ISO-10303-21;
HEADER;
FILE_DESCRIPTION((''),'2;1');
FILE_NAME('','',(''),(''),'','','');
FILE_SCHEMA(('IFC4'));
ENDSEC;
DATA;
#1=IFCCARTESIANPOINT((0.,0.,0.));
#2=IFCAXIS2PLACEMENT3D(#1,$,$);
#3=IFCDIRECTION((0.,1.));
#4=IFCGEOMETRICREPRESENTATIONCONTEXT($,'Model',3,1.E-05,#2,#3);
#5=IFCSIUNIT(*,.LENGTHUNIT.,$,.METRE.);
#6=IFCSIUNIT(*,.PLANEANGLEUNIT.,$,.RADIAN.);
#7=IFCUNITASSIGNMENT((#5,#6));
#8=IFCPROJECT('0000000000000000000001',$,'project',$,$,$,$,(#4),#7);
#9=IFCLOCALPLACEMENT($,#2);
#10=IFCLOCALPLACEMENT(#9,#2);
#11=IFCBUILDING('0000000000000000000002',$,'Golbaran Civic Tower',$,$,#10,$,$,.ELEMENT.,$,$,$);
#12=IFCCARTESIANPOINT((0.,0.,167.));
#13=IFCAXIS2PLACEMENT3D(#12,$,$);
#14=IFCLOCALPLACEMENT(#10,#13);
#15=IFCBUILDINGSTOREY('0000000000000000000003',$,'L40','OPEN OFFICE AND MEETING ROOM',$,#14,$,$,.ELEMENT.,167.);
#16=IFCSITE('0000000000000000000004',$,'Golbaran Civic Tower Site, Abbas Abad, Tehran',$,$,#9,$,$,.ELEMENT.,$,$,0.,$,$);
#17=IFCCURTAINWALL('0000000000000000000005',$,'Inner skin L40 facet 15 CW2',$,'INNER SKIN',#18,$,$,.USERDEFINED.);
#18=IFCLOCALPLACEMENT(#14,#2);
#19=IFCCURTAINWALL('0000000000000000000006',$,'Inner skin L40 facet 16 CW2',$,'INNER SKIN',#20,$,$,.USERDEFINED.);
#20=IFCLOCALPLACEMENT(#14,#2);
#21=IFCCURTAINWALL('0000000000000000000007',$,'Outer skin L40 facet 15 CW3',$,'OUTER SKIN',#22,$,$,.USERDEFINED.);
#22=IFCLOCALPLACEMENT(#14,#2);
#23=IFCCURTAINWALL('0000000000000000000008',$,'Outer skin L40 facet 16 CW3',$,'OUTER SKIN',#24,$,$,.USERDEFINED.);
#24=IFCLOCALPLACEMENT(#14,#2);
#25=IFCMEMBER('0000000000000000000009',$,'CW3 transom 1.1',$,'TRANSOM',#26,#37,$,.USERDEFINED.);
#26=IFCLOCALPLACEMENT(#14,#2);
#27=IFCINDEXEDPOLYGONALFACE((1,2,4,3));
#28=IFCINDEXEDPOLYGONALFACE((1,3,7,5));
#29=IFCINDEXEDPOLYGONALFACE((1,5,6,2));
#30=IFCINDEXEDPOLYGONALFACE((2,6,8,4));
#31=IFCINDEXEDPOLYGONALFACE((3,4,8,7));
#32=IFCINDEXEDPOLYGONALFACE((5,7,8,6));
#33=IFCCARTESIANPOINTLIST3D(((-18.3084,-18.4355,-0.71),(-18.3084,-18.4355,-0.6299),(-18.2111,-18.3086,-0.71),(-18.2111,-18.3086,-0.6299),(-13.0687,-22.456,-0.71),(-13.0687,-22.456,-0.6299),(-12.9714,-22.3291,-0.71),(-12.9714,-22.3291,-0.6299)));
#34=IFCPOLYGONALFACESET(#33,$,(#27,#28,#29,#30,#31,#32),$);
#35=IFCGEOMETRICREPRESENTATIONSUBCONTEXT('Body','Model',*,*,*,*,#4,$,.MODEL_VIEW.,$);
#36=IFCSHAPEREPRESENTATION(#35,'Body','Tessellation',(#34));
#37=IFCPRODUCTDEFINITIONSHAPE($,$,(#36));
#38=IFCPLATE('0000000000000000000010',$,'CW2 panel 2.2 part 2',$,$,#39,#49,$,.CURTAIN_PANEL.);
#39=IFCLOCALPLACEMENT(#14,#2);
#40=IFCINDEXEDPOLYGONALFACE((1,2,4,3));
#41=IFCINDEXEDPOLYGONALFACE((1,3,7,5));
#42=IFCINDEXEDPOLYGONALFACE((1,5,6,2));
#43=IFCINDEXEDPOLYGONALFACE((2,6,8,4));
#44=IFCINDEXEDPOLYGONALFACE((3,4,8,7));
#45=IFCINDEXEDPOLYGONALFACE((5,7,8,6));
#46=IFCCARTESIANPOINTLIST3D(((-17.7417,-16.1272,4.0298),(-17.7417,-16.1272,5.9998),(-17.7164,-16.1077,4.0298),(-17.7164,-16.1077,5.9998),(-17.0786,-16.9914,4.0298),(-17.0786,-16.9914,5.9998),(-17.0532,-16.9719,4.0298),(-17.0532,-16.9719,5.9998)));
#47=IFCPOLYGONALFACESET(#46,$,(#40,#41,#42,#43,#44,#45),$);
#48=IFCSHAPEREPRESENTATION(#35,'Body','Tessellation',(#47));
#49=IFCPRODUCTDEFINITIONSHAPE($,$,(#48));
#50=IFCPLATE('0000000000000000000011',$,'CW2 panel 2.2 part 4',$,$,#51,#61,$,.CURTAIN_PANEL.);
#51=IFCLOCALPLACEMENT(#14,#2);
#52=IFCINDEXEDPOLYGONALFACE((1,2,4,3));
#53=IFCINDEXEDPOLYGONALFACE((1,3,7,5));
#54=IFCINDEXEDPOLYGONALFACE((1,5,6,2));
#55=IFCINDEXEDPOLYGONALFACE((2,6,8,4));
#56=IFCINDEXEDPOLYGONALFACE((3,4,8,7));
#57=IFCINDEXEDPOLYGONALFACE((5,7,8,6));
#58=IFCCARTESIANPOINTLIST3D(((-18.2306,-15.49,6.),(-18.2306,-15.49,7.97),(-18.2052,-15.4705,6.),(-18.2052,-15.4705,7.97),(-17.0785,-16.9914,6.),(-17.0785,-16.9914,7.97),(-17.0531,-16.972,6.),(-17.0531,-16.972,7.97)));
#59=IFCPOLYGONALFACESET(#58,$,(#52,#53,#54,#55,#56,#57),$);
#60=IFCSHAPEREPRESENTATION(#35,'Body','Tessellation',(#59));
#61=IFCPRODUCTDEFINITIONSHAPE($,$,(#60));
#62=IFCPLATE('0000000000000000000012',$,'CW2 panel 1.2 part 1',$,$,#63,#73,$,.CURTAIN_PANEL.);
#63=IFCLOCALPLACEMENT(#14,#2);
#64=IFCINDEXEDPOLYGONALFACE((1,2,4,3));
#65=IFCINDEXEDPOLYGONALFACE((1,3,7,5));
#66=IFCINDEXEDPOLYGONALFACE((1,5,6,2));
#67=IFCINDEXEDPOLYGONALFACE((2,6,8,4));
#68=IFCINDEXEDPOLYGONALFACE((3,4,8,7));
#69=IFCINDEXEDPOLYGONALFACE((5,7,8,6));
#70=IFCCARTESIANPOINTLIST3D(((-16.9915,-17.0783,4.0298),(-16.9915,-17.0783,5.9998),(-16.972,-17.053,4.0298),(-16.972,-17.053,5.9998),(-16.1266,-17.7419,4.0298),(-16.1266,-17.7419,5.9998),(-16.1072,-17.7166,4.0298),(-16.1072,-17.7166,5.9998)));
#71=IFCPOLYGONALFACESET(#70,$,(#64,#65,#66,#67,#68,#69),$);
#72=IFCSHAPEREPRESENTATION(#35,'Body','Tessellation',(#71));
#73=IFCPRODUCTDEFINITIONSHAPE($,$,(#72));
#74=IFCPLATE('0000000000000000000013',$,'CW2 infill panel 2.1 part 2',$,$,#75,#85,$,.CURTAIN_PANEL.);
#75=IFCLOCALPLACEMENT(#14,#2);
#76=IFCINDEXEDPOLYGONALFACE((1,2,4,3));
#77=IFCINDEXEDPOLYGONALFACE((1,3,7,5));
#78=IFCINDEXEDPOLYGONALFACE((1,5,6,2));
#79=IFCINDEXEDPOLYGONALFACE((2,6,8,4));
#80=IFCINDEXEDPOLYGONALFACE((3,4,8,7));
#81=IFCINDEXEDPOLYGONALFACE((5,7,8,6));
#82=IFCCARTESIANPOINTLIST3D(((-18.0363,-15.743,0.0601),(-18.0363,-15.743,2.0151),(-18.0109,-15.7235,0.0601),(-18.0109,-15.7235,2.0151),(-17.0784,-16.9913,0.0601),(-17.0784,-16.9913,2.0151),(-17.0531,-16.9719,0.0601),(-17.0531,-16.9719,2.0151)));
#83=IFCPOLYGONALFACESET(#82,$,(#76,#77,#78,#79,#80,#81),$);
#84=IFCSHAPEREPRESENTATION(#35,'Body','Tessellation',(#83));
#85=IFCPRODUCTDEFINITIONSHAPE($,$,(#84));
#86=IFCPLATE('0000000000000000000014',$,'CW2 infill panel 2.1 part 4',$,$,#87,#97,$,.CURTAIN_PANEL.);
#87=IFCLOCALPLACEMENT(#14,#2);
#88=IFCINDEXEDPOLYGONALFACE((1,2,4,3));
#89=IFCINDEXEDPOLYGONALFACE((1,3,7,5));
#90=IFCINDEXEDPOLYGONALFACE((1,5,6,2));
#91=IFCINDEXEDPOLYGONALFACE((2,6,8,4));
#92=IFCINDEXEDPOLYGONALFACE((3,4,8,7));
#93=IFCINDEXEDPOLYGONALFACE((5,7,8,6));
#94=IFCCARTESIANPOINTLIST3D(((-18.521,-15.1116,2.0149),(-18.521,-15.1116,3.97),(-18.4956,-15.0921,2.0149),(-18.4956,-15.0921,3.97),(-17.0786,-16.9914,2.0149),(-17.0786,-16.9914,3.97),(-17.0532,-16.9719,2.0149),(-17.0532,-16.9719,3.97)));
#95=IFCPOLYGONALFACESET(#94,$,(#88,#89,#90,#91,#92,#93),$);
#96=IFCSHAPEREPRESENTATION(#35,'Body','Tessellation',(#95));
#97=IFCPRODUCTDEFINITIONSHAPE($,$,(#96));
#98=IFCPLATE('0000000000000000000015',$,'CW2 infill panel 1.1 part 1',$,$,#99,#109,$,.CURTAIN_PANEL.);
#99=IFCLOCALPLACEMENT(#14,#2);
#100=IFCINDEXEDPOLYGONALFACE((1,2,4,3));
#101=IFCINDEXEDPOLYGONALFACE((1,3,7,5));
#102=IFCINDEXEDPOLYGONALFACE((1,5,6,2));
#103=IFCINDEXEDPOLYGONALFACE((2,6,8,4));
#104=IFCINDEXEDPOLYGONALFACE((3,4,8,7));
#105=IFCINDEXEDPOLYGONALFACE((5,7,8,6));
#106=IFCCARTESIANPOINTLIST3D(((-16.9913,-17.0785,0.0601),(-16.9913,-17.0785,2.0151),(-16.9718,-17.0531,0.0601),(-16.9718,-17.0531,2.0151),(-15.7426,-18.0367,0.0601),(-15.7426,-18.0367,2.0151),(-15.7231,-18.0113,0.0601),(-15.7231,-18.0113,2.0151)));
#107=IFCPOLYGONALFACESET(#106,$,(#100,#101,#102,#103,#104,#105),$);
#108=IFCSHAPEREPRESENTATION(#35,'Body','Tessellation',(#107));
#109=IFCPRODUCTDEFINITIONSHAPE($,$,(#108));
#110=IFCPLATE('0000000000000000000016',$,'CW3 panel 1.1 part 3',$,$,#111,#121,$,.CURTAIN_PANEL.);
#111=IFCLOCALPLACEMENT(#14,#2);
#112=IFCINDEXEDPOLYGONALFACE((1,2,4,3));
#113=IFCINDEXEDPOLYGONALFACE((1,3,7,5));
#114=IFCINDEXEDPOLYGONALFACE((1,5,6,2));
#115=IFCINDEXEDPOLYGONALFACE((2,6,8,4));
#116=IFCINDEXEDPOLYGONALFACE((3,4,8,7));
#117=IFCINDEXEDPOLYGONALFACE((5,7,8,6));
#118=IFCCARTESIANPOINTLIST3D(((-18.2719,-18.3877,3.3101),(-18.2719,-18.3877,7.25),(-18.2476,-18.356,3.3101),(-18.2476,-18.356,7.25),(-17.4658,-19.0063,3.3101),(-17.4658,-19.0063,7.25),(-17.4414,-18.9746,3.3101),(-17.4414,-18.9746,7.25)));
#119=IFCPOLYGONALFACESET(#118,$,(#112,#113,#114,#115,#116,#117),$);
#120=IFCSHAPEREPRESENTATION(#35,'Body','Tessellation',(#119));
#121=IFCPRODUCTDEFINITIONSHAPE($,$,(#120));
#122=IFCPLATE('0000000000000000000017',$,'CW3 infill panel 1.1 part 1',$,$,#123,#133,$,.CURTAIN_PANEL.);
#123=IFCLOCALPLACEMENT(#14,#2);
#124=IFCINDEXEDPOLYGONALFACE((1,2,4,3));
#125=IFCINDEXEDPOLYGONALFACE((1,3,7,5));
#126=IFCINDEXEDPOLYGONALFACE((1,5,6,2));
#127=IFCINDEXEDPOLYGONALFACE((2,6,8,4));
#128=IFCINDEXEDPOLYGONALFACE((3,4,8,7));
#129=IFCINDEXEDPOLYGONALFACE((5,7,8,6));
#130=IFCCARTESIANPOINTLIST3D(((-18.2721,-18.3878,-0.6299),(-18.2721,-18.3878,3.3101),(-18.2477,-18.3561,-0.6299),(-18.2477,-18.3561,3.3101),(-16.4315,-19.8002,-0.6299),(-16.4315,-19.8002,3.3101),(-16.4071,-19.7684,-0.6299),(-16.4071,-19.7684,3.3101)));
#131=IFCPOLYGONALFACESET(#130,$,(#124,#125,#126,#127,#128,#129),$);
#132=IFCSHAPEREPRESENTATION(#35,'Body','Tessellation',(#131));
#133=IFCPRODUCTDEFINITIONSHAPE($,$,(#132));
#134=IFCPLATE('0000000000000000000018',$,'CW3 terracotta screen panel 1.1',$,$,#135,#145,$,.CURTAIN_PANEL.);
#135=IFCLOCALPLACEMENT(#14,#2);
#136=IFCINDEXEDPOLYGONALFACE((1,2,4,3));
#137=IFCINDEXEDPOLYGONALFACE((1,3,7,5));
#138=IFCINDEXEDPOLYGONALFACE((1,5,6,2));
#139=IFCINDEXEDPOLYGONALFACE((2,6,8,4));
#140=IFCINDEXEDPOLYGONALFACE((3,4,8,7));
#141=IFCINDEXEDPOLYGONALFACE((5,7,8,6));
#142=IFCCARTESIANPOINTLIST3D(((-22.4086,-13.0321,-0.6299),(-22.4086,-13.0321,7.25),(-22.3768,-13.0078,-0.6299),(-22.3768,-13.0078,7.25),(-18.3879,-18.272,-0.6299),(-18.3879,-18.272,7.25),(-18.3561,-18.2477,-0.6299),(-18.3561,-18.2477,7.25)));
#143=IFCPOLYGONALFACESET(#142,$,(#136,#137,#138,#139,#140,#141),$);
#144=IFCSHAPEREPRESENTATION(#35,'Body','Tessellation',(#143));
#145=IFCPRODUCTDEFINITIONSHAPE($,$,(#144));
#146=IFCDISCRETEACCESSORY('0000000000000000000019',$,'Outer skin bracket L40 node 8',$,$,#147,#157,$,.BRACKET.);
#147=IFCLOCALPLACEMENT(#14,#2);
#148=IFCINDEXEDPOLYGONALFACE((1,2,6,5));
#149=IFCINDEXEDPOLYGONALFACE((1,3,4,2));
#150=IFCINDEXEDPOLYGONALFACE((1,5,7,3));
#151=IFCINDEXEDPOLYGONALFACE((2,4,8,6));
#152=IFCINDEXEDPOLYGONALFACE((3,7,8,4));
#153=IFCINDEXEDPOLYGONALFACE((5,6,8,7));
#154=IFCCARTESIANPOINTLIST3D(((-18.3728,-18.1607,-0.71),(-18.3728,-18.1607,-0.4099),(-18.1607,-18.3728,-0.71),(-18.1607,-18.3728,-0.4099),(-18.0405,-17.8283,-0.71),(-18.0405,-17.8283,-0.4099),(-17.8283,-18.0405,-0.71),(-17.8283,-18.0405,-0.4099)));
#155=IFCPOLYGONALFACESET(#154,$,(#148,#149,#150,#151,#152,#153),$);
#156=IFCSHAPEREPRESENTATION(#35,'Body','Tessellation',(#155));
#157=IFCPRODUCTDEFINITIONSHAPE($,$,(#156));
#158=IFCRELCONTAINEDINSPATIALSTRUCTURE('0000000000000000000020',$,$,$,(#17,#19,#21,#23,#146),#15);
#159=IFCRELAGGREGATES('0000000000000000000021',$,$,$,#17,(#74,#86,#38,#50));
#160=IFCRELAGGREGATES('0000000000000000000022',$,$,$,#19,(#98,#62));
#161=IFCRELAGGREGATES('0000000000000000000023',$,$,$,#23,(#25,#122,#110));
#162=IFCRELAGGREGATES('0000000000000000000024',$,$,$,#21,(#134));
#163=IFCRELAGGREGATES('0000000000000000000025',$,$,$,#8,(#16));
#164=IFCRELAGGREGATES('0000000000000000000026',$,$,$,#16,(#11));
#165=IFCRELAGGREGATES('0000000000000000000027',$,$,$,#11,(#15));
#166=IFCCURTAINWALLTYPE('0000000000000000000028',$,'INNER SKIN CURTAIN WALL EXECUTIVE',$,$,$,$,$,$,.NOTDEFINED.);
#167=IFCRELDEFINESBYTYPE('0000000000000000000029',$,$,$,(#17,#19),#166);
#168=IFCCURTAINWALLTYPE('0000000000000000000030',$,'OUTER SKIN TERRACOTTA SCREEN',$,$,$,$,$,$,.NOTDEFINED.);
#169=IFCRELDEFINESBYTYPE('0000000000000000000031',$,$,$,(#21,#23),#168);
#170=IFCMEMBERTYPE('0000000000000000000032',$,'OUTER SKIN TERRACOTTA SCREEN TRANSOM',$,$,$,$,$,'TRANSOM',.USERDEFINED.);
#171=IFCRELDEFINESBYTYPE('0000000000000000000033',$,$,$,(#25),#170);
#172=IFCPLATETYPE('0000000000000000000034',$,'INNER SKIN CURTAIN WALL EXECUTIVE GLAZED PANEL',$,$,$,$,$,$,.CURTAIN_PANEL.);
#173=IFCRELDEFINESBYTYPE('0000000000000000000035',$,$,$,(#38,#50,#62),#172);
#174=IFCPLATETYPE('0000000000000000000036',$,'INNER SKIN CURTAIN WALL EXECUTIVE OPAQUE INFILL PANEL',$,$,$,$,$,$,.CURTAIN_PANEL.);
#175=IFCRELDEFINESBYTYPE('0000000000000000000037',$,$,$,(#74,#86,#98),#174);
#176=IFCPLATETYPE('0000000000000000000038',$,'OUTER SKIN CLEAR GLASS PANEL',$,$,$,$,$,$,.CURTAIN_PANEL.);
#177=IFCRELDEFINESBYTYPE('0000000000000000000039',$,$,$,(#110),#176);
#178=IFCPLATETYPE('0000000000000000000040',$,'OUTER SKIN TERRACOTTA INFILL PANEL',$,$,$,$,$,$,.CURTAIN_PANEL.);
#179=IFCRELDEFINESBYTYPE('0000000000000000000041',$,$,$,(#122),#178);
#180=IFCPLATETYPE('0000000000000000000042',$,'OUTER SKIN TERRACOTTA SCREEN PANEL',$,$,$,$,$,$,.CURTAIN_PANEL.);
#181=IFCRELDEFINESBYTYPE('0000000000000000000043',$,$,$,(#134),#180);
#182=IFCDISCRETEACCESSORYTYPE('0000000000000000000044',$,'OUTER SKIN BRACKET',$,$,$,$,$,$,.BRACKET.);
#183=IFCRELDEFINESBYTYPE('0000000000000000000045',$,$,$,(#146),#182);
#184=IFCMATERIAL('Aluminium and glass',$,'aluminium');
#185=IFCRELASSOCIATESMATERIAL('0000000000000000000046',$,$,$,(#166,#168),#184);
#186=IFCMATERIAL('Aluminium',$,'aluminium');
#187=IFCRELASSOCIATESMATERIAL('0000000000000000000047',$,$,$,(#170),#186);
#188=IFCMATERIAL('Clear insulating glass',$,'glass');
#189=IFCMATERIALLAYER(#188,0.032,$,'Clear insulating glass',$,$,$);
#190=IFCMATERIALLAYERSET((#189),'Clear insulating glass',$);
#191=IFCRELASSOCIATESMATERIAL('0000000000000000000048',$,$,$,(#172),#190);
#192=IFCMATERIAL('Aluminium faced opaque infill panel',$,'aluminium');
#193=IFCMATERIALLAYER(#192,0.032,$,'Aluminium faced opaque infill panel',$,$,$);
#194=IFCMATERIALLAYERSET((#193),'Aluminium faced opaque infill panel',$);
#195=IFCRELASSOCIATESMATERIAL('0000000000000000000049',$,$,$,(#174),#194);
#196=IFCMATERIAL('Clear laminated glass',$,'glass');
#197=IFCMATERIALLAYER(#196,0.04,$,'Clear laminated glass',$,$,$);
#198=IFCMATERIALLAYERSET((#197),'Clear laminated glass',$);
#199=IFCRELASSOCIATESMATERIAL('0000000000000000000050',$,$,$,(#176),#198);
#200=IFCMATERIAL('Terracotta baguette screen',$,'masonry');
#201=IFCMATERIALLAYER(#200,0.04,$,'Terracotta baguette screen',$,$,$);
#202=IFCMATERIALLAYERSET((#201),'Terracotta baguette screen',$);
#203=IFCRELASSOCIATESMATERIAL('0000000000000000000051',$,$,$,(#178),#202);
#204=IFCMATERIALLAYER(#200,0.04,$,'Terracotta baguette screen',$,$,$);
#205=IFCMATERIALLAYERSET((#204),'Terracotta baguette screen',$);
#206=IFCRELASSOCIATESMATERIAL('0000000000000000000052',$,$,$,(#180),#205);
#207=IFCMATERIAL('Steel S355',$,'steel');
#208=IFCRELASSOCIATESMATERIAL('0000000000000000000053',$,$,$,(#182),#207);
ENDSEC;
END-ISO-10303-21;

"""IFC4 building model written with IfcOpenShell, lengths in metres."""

from ifc_helpers import new_model, si_unit, direction, frame, origin, origin_2d, place, context, subcontext, project, spatial, rectangle, extrude, material, layer, layer_set, material_profile, profile_set, type_object, element, aggregate, save


model = new_model("IFC4")

# Units and contexts
model_context = context("Model", 3, precision=1e-05, world=origin(), true_north=direction((0.0, 1.0)))
body_context = subcontext(model_context, "Body", "Model", "MODEL_VIEW")
ifc_project = project(units=[si_unit("LENGTHUNIT", "METRE"), si_unit("PLANEANGLEUNIT", "RADIAN")], contexts=[model_context])

# Site, building, storey
site_placement = place(None, origin())
site = spatial("IfcSite", under=ifc_project, at=site_placement, Name="Golbaran Civic Tower Site, Abbas Abad, Tehran", CompositionType="ELEMENT", RefElevation=0.0)
building_placement = place(site_placement, origin())
building = spatial("IfcBuilding", under=site, at=building_placement, Name="Golbaran Civic Tower", CompositionType="ELEMENT")
storey_placement = place(building_placement, frame((0.0, 0.0, 167.0)))
storey = spatial("IfcBuildingStorey", under=building, at=storey_placement, Name="L40", Description="OPEN OFFICE AND MEETING ROOM", CompositionType="ELEMENT", Elevation=167.0)

# Shared definitions
ifc_material_1 = material(Name="Steel S355", Category="steel")

# Curtain wall
ifc_material_2 = material(Name="Aluminium and glass", Category="aluminium")
curtain_wall_type_1 = type_object("IfcCurtainWallType", Name="INNER SKIN CURTAIN WALL EXECUTIVE", PredefinedType="NOTDEFINED", material=ifc_material_2)
curtain_wall_1_placement = place(storey_placement, origin())
curtain_wall_1 = element("IfcCurtainWall", 1, at=curtain_wall_1_placement, inside=storey, type_object=curtain_wall_type_1, Name="Inner skin L40 facet 15 CW2", ObjectType="INNER SKIN", PredefinedType="USERDEFINED")
ifc_material_3 = material(Name="Aluminium", Category="aluminium")

# Curtain wall
curtain_wall_2_placement = place(storey_placement, origin())
curtain_wall_2 = element("IfcCurtainWall", 2, at=curtain_wall_2_placement, inside=storey, type_object=curtain_wall_type_1, Name="Inner skin L40 facet 16 CW2", ObjectType="INNER SKIN", PredefinedType="USERDEFINED")

# Curtain wall
curtain_wall_type_2 = type_object("IfcCurtainWallType", Name="OUTER SKIN TERRACOTTA SCREEN", PredefinedType="NOTDEFINED", material=ifc_material_2)
curtain_wall_3_placement = place(storey_placement, origin())
curtain_wall_3 = element("IfcCurtainWall", 3, at=curtain_wall_3_placement, inside=storey, type_object=curtain_wall_type_2, Name="Outer skin L40 facet 15 CW3", ObjectType="OUTER SKIN", PredefinedType="USERDEFINED")

# Curtain wall, member
curtain_wall_4_placement = place(storey_placement, origin())
curtain_wall_4 = element("IfcCurtainWall", 4, at=curtain_wall_4_placement, inside=storey, type_object=curtain_wall_type_2, Name="Outer skin L40 facet 16 CW3", ObjectType="OUTER SKIN", PredefinedType="USERDEFINED")
ifc_material_profile_1 = material_profile(ifc_material_3, rectangle(XDim=0.1599, YDim=0.0801, at=origin_2d()), Name="OUTER SKIN TERRACOTTA SCREEN TRANSOM")
ifc_profile_set_1 = profile_set([ifc_material_profile_1], Name="Aluminium")
member_type_1 = type_object("IfcMemberType", Name="OUTER SKIN TERRACOTTA SCREEN TRANSOM", ElementType="TRANSOM", PredefinedType="USERDEFINED", material=ifc_profile_set_1)
member_1_placement = place(storey_placement, frame((-18.2598, -18.3721, -0.6699), z_axis=(0.79336, -0.608753, 0.0), x_axis=(0.608753, 0.79336, 0.0)))
member_1 = element("IfcMember", 5, at=member_1_placement, type_object=member_type_1, Name="CW3 transom 1.1", ObjectType="TRANSOM", PredefinedType="USERDEFINED", context=body_context, shape_type="SweptSolid", body=[
    extrude(rectangle(XDim=0.1599, YDim=0.0801, at=origin_2d()), origin(), (0.0, 0.0, 1.0), 6.6045),
])

# Plates
ifc_material_4 = material(Name="Clear insulating glass", Category="glass")
ifc_layer_1 = layer(ifc_material_4, 0.032, Name="Clear insulating glass")
ifc_layer_set_1 = layer_set([ifc_layer_1], Name="Clear insulating glass")
plate_type_1 = type_object("IfcPlateType", Name="INNER SKIN CURTAIN WALL EXECUTIVE GLAZED PANEL", PredefinedType="CURTAIN_PANEL", material=ifc_layer_set_1)
plate_1_placement = place(storey_placement, frame((-17.3975, -16.5496, 4.0298), z_axis=(0.0, 0.0, 1.0), x_axis=(0.608761, -0.793353, 0.0)))
plate_1 = element("IfcPlate", 6, at=plate_1_placement, type_object=plate_type_1, Name="CW2 panel 2.2 part 2", PredefinedType="CURTAIN_PANEL", context=body_context, shape_type="SweptSolid", body=[
    extrude(rectangle(XDim=1.0894, YDim=0.032, at=origin_2d()), origin(), (0.0, 0.0, 1.0), 1.97),
])
plate_2_placement = place(storey_placement, frame((-17.6418, -16.231, 6.0), z_axis=(0.0, 0.0, 1.0), x_axis=(0.608761, -0.793353, 0.0)))
plate_2 = element("IfcPlate", 7, at=plate_2_placement, type_object=plate_type_1, Name="CW2 panel 2.2 part 4", PredefinedType="CURTAIN_PANEL", context=body_context, shape_type="SweptSolid", body=[
    extrude(rectangle(XDim=1.8926, YDim=0.032, at=origin_2d()), origin(), (0.0, 0.0, 1.0), 1.97),
])
plate_3_placement = place(storey_placement, frame((-16.5493, -17.3975, 4.0298), z_axis=(0.0, 0.0, 1.0), x_axis=(0.793353, -0.608761, 0.0)))
plate_3 = element("IfcPlate", 8, at=plate_3_placement, type_object=plate_type_1, Name="CW2 panel 1.2 part 1", PredefinedType="CURTAIN_PANEL", context=body_context, shape_type="SweptSolid", body=[
    extrude(rectangle(XDim=1.0901, YDim=0.032, at=origin_2d()), origin(), (0.0, 0.0, 1.0), 1.97),
])
ifc_material_5 = material(Name="Aluminium faced opaque infill panel", Category="aluminium")
ifc_layer_2 = layer(ifc_material_5, 0.032, Name="Aluminium faced opaque infill panel")
ifc_layer_set_2 = layer_set([ifc_layer_2], Name="Aluminium faced opaque infill panel")
plate_type_2 = type_object("IfcPlateType", Name="INNER SKIN CURTAIN WALL EXECUTIVE OPAQUE INFILL PANEL", PredefinedType="CURTAIN_PANEL", material=ifc_layer_set_2)
plate_4_placement = place(storey_placement, frame((-17.5447, -16.3574, 0.0601), z_axis=(0.0, 0.0, 1.0), x_axis=(0.608761, -0.793353, 0.0)))
plate_4 = element("IfcPlate", 9, at=plate_4_placement, type_object=plate_type_2, Name="CW2 infill panel 2.1 part 2", PredefinedType="CURTAIN_PANEL", context=body_context, shape_type="SweptSolid", body=[
    extrude(rectangle(XDim=1.5735, YDim=0.032, at=origin_2d()), origin(), (0.0, 0.0, 1.0), 1.9551),
])
plate_5_placement = place(storey_placement, frame((-17.7871, -16.0417, 2.0149), z_axis=(0.0, 0.0, 1.0), x_axis=(0.608761, -0.793353, 0.0)))
plate_5 = element("IfcPlate", 10, at=plate_5_placement, type_object=plate_type_2, Name="CW2 infill panel 2.1 part 4", PredefinedType="CURTAIN_PANEL", context=body_context, shape_type="SweptSolid", body=[
    extrude(rectangle(XDim=2.3694, YDim=0.032, at=origin_2d()), origin(), (0.0, 0.0, 1.0), 1.9551),
])
aggregate(curtain_wall_1, [plate_4, plate_5, plate_1, plate_2])
plate_6_placement = place(storey_placement, frame((-16.3572, -17.5449, 0.0601), z_axis=(0.0, 0.0, 1.0), x_axis=(0.793353, -0.608761, 0.0)))
plate_6 = element("IfcPlate", 11, at=plate_6_placement, type_object=plate_type_2, Name="CW2 infill panel 1.1 part 1", PredefinedType="CURTAIN_PANEL", context=body_context, shape_type="SweptSolid", body=[
    extrude(rectangle(XDim=1.574, YDim=0.032, at=origin_2d()), origin(), (0.0, 0.0, 1.0), 1.9551),
])
aggregate(curtain_wall_2, [plate_6, plate_3])
ifc_material_6 = material(Name="Clear laminated glass", Category="glass")
ifc_layer_3 = layer(ifc_material_6, 0.04, Name="Clear laminated glass")
ifc_layer_set_3 = layer_set([ifc_layer_3], Name="Clear laminated glass")
plate_type_3 = type_object("IfcPlateType", Name="OUTER SKIN CLEAR GLASS PANEL", PredefinedType="CURTAIN_PANEL", material=ifc_layer_set_3)
plate_7_placement = place(storey_placement, frame((-17.8567, -18.6812, 3.3101), z_axis=(0.0, 0.0, 1.0), x_axis=(0.793353, -0.608761, 0.0)))
plate_7 = element("IfcPlate", 12, at=plate_7_placement, type_object=plate_type_3, Name="CW3 panel 1.1 part 3", PredefinedType="CURTAIN_PANEL", context=body_context, shape_type="SweptSolid", body=[
    extrude(rectangle(XDim=1.0161, YDim=0.04, at=origin_2d()), origin(), (0.0, 0.0, 1.0), 3.9399),
])
ifc_material_7 = material(Name="Terracotta baguette screen", Category="masonry")
ifc_layer_4 = layer(ifc_material_7, 0.04, Name="Terracotta baguette screen")
ifc_layer_set_4 = layer_set([ifc_layer_4], Name="Terracotta baguette screen")
plate_type_4 = type_object("IfcPlateType", Name="OUTER SKIN TERRACOTTA INFILL PANEL", PredefinedType="CURTAIN_PANEL", material=ifc_layer_set_4)
plate_8_placement = place(storey_placement, frame((-17.3396, -19.0781, -0.6299), z_axis=(0.0, 0.0, 1.0), x_axis=(0.793353, -0.608761, 0.0)))
plate_8 = element("IfcPlate", 13, at=plate_8_placement, type_object=plate_type_4, Name="CW3 infill panel 1.1 part 1", PredefinedType="CURTAIN_PANEL", context=body_context, shape_type="SweptSolid", body=[
    extrude(rectangle(XDim=2.3201, YDim=0.04, at=origin_2d()), origin(), (0.0, 0.0, 1.0), 3.9399),
])
aggregate(curtain_wall_4, [member_1, plate_8, plate_7])
ifc_layer_5 = layer(ifc_material_7, 0.04, Name="Terracotta baguette screen")
ifc_layer_set_5 = layer_set([ifc_layer_5], Name="Terracotta baguette screen")
plate_type_5 = type_object("IfcPlateType", Name="OUTER SKIN TERRACOTTA SCREEN PANEL", PredefinedType="CURTAIN_PANEL", material=ifc_layer_set_5)
plate_9_placement = place(storey_placement, frame((-20.3823, -15.6399, -0.6299), z_axis=(0.0, 0.0, 1.0), x_axis=(0.608761, -0.793353, 0.0)))
plate_9 = element("IfcPlate", 14, at=plate_9_placement, type_object=plate_type_5, Name="CW3 terracotta screen panel 1.1", PredefinedType="CURTAIN_PANEL", context=body_context, shape_type="SweptSolid", body=[
    extrude(rectangle(XDim=6.6047, YDim=0.04, at=origin_2d()), origin(), (0.0, 0.0, 1.0), 7.8799),
])
aggregate(curtain_wall_3, [plate_9])

# Discrete accessory
discrete_accessory_type = type_object("IfcDiscreteAccessoryType", Name="OUTER SKIN BRACKET", PredefinedType="BRACKET", material=ifc_material_1)
discrete_accessory_placement = place(storey_placement, frame((-18.1006, -18.1006, -0.71), z_axis=(0.0, 0.0, 1.0), x_axis=(-0.707107, -0.707107, 0.0)))
element("IfcDiscreteAccessory", 15, at=discrete_accessory_placement, inside=storey, type_object=discrete_accessory_type, Name="Outer skin bracket L40 node 8", PredefinedType="BRACKET", context=body_context, shape_type="SweptSolid", body=[
    extrude(rectangle(XDim=0.47, YDim=0.3, at=origin_2d()), origin(), (0.0, 0.0, 1.0), 0.3),
])

save(model, "model.ifc")
